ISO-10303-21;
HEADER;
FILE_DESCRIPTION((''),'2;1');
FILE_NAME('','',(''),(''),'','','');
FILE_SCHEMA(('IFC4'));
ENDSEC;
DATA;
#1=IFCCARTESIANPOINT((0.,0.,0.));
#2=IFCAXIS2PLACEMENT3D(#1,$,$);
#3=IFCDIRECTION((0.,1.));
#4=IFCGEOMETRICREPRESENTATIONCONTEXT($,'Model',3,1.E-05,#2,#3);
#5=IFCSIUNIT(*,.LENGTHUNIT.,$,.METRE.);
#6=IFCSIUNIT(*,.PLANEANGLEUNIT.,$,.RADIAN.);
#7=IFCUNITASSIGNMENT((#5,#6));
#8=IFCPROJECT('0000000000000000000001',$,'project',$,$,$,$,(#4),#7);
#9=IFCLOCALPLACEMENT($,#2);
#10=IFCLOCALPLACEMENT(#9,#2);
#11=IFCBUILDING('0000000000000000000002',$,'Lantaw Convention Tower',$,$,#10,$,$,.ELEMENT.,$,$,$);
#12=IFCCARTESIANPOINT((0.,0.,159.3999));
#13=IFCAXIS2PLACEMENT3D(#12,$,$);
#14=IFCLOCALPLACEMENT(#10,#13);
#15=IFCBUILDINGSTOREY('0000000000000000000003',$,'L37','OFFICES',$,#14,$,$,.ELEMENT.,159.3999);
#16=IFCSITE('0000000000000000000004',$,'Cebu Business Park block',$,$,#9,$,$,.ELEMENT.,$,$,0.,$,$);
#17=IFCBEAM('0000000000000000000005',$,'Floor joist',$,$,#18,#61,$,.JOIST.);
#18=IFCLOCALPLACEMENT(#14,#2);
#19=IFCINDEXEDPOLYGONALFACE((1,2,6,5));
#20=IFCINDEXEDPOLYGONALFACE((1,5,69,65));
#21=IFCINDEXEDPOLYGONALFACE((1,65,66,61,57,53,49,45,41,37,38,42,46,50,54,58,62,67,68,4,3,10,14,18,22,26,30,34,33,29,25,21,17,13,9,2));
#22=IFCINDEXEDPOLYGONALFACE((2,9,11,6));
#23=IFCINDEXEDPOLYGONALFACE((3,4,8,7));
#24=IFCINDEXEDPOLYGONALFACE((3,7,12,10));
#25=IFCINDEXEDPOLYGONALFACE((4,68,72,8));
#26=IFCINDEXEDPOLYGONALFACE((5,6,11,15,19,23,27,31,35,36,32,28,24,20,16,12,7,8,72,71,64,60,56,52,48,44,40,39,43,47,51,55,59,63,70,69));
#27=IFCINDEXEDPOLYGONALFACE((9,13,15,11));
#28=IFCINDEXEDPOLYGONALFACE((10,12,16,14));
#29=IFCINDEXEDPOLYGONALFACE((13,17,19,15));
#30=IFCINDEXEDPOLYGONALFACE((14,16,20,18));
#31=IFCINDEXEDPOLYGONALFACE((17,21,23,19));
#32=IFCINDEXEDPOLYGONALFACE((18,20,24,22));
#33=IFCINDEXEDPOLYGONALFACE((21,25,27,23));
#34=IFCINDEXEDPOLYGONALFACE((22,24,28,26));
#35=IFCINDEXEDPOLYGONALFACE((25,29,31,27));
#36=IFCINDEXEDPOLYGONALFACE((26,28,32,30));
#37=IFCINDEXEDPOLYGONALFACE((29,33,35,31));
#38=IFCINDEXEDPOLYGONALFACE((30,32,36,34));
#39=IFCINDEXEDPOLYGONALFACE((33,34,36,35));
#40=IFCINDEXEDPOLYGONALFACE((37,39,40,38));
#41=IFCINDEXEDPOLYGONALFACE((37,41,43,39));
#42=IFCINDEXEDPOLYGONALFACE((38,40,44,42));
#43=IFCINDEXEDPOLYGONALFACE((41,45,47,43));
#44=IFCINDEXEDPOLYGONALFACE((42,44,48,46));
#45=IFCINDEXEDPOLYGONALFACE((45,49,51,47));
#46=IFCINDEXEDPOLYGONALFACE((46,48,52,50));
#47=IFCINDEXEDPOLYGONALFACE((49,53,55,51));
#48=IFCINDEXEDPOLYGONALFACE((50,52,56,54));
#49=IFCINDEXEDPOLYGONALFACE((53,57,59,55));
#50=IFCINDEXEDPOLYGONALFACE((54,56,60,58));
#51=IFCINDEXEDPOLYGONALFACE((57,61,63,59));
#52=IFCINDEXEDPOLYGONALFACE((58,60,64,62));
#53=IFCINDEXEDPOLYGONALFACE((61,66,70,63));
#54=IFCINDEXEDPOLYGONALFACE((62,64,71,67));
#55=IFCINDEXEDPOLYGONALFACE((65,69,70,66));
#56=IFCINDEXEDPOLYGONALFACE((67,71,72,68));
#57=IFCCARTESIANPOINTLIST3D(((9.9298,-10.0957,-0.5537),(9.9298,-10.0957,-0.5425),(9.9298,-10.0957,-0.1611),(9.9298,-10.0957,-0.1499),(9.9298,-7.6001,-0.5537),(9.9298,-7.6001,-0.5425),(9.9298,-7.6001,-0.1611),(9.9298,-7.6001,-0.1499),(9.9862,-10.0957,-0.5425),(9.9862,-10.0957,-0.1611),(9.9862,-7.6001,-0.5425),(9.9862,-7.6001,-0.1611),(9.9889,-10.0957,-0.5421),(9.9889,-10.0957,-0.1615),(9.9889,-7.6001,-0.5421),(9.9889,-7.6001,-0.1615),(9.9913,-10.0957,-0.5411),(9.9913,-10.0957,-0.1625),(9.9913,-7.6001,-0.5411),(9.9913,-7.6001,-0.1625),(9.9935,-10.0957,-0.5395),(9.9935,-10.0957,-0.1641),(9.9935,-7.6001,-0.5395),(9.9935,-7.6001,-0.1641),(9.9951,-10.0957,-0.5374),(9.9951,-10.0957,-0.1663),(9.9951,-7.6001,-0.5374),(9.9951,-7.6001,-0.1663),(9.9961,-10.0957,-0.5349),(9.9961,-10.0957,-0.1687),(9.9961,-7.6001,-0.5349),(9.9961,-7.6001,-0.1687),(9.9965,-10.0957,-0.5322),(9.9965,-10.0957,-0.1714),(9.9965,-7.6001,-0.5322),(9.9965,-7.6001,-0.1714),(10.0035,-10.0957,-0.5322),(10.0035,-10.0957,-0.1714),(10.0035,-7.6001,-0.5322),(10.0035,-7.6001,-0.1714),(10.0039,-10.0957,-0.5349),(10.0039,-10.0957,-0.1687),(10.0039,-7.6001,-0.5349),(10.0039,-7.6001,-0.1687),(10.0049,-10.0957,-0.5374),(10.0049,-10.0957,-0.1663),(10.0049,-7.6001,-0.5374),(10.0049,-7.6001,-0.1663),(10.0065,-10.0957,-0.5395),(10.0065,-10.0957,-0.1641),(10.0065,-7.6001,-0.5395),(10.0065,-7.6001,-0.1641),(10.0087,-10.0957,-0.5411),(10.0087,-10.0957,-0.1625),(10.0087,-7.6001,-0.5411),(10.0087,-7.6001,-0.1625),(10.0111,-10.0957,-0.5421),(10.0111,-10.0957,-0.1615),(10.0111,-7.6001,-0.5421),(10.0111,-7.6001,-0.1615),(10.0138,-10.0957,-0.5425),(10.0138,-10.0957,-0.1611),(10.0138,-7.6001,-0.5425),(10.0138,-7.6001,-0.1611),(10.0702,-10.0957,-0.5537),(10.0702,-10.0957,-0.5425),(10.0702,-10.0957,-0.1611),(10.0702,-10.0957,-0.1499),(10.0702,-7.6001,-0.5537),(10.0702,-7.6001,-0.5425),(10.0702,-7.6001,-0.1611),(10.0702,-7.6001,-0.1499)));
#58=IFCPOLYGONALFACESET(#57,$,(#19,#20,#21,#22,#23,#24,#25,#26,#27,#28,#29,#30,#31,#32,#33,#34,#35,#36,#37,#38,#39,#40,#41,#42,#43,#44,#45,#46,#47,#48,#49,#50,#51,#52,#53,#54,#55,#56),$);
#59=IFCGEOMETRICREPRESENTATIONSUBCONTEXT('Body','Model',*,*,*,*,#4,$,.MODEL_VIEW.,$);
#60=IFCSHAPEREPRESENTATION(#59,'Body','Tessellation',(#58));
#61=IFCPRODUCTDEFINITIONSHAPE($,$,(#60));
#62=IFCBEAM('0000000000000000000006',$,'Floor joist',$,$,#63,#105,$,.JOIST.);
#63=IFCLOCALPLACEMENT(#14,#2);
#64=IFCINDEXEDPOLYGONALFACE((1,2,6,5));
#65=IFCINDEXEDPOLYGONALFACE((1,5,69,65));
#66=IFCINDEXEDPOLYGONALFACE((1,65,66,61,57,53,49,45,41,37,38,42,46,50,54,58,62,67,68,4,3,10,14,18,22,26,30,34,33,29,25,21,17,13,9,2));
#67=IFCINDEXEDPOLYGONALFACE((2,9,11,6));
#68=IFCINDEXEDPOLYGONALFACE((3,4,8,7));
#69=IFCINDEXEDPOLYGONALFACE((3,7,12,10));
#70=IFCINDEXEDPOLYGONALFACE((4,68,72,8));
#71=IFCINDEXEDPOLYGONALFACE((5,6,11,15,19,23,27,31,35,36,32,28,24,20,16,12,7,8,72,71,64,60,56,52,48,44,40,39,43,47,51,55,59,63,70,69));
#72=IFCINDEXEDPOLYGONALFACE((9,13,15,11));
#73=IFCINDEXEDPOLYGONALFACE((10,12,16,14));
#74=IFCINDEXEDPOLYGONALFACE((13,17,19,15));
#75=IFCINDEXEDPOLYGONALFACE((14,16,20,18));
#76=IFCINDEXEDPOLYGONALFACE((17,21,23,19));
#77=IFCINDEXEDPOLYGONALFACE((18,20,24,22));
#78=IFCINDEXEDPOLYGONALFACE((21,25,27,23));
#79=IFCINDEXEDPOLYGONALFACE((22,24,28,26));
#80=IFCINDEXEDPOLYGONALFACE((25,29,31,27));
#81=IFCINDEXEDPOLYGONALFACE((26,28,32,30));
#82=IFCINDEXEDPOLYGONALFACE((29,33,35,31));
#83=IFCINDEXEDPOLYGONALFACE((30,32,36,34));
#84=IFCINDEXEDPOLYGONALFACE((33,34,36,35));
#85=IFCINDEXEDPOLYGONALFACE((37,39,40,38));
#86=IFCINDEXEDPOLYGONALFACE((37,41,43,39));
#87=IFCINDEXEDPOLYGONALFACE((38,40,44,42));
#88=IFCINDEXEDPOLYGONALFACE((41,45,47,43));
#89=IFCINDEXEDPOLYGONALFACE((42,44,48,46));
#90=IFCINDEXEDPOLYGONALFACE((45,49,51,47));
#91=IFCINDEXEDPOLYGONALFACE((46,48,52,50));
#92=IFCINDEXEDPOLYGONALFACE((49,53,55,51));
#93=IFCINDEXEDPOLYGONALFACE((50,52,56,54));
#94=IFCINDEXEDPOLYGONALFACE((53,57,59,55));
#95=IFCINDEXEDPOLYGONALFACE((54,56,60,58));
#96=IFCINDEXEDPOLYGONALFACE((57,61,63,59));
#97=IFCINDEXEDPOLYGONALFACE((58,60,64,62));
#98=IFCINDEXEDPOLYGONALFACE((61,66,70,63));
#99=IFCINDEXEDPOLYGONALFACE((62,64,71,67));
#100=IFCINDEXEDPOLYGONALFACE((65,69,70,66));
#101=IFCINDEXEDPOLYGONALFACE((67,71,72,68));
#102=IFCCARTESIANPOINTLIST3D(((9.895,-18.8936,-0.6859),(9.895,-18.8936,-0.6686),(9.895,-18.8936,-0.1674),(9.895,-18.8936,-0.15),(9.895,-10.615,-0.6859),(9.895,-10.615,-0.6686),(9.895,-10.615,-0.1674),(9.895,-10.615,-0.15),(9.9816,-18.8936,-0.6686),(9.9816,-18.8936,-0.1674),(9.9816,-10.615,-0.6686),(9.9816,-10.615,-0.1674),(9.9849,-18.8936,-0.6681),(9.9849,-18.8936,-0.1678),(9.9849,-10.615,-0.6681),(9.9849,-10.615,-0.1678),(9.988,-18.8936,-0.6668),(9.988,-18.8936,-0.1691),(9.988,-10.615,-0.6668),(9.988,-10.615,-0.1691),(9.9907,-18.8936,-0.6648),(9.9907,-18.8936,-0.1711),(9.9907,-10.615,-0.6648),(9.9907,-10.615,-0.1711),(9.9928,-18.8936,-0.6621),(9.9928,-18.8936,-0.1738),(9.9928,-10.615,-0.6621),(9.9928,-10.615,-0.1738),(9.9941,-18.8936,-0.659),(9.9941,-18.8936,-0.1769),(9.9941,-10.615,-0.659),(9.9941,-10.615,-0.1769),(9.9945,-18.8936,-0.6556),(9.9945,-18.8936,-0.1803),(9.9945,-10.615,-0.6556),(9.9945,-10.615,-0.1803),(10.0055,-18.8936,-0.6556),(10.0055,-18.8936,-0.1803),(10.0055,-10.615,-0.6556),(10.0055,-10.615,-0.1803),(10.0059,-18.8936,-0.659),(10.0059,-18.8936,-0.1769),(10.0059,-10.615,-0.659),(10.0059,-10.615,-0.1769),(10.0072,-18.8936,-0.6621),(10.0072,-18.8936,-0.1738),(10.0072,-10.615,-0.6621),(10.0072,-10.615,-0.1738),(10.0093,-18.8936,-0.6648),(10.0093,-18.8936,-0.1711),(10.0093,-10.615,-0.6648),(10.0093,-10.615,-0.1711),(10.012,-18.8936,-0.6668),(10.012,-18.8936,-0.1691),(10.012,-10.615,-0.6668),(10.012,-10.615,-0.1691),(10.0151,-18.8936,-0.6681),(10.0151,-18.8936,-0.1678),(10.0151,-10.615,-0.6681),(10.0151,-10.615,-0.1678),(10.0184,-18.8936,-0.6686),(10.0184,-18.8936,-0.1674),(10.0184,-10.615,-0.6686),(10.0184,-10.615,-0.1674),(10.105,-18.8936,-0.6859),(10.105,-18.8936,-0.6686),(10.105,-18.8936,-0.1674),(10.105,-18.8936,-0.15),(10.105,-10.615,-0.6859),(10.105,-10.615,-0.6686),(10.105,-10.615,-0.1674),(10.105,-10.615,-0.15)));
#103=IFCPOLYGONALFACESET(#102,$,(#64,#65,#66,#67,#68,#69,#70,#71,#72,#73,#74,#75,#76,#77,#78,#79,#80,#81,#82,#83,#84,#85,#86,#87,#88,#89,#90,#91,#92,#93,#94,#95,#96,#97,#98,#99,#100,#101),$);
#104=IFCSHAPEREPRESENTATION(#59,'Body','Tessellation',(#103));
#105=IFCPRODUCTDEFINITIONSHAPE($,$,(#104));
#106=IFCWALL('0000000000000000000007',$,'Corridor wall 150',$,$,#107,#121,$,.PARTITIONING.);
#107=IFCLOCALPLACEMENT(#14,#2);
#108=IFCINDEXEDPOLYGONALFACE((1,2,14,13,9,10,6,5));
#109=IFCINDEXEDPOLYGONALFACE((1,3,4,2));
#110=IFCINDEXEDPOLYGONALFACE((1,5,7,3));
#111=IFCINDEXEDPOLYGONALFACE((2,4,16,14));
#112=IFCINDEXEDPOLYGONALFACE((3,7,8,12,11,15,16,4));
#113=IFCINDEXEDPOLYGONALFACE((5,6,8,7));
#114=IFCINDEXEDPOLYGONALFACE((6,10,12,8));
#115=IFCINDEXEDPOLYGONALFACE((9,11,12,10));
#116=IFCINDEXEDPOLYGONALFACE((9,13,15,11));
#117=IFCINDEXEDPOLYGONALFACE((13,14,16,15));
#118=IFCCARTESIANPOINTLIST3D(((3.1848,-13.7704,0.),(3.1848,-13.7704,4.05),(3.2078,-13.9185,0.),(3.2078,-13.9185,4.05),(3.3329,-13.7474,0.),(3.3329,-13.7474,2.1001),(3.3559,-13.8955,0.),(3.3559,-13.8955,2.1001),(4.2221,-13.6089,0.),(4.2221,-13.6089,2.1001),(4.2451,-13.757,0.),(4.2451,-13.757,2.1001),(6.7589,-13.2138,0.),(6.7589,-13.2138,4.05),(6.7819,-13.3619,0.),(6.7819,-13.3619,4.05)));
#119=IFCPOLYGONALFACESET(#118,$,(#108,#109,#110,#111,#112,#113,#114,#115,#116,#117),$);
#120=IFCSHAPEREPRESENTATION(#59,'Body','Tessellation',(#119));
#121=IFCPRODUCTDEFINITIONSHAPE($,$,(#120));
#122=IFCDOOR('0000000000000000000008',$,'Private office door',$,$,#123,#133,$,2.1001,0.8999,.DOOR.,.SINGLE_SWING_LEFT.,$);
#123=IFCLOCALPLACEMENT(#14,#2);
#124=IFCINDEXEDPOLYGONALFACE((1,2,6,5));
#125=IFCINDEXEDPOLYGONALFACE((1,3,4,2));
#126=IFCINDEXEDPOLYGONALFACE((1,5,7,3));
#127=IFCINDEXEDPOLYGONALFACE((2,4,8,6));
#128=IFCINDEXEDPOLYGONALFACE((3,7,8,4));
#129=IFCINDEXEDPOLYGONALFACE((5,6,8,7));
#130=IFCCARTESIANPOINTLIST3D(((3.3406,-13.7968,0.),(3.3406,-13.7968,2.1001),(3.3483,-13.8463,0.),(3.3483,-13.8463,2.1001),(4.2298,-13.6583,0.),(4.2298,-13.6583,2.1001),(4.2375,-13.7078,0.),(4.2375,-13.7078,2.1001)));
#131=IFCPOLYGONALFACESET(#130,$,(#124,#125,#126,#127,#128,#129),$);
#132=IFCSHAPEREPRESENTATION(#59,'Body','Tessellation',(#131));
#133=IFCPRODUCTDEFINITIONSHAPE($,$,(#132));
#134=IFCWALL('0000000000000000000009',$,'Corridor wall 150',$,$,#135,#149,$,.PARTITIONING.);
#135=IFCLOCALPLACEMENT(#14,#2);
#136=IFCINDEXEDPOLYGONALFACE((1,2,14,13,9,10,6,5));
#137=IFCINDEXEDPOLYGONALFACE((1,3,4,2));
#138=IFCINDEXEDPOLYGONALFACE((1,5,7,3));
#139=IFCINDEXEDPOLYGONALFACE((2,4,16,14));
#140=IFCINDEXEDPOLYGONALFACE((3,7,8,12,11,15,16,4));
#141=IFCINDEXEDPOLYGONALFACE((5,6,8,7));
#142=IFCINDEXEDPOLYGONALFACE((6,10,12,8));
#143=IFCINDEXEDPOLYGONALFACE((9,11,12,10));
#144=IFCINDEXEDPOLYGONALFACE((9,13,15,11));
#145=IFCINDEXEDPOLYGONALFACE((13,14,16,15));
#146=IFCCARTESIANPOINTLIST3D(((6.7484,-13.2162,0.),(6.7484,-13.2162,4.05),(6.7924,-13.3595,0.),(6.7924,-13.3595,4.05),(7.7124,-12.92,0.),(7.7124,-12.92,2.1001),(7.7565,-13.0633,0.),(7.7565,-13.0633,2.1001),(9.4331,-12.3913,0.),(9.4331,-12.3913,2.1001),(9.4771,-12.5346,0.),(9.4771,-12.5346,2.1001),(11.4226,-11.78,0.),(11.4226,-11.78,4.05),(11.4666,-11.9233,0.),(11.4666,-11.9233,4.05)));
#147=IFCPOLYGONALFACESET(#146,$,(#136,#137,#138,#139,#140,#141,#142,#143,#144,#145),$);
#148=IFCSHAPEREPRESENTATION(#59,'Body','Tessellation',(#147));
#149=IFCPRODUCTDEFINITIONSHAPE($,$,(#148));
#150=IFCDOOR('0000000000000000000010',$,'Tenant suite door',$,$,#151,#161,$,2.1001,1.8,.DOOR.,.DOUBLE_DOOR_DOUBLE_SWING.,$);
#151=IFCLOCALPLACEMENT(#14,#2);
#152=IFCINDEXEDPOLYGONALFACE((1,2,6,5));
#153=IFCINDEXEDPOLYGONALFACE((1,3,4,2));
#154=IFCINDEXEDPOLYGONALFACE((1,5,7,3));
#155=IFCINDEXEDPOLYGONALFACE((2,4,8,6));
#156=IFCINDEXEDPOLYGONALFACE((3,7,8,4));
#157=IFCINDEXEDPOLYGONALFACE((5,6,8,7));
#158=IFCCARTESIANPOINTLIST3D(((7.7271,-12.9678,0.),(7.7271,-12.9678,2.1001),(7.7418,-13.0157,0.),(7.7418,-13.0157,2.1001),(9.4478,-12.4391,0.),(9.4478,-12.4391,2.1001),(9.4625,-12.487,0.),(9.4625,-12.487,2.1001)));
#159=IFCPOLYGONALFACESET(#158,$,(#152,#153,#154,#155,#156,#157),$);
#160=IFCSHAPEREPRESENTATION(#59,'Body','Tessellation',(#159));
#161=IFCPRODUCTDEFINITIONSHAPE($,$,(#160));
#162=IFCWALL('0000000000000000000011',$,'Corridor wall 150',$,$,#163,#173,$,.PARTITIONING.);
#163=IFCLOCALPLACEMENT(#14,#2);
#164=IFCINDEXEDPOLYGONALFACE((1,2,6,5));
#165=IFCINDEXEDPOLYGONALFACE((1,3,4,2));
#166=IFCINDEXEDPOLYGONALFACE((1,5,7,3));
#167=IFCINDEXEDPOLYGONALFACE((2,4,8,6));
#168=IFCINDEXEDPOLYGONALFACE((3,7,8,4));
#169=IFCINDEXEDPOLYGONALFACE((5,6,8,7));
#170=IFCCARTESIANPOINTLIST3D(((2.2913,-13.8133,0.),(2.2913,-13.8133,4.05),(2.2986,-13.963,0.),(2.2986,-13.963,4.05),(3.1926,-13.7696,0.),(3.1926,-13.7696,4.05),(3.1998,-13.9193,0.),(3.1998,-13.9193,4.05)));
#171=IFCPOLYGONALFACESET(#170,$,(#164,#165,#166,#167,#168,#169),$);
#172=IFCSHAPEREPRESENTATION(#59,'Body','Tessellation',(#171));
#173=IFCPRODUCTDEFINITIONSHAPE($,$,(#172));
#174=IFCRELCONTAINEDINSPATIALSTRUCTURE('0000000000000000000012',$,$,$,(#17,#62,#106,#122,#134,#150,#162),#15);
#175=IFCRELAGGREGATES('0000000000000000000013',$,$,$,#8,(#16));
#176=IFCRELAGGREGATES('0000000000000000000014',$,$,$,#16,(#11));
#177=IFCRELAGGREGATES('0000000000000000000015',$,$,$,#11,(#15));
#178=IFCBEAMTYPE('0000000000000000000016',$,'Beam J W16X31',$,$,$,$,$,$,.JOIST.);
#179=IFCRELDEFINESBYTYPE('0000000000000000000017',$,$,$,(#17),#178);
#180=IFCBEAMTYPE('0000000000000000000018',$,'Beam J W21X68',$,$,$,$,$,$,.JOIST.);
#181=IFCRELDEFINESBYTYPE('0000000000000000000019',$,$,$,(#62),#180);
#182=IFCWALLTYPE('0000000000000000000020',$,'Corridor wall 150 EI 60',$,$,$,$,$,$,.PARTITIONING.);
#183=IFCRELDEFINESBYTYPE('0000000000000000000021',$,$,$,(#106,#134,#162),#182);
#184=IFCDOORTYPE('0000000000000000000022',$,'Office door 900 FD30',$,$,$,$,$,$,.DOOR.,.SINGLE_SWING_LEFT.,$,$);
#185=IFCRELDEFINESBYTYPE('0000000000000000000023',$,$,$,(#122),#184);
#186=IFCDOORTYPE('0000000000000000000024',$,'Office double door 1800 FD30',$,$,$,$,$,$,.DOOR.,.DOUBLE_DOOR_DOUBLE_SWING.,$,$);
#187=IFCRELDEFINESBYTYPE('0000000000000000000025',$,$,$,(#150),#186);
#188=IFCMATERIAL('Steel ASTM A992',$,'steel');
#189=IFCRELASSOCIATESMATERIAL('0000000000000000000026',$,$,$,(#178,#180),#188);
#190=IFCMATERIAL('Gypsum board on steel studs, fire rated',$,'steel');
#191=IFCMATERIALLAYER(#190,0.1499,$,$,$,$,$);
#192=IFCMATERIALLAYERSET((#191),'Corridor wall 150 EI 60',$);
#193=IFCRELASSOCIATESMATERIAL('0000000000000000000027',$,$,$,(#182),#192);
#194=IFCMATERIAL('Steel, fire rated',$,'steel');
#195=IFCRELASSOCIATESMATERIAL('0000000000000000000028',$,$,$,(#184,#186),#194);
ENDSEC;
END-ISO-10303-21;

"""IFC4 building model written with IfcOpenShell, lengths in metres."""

from ifc_helpers import new_model, si_unit, direction, frame, frame_2d, origin, origin_2d, place, context, subcontext, project, spatial, rectangle, i_section, extrude, material, layer, layer_set, material_profile, profile_set, type_object, element, fill, save


model = new_model("IFC4")

# Units and contexts
model_context = context("Model", 3, precision=1e-05, world=origin(), true_north=direction((0.0, 1.0)))
body_context = subcontext(model_context, "Body", "Model", "MODEL_VIEW")
ifc_project = project(units=[si_unit("LENGTHUNIT", "METRE"), si_unit("PLANEANGLEUNIT", "RADIAN")], contexts=[model_context])

# Site, building, storey
site_placement = place(None, origin())
site = spatial("IfcSite", under=ifc_project, at=site_placement, Name="Cebu Business Park block", CompositionType="ELEMENT", RefElevation=0.0)
building_placement = place(site_placement, origin())
building = spatial("IfcBuilding", under=site, at=building_placement, Name="Lantaw Convention Tower", CompositionType="ELEMENT")
storey_placement = place(building_placement, frame((0.0, 0.0, 159.3999)))
storey = spatial("IfcBuildingStorey", under=building, at=storey_placement, Name="L37", Description="OFFICES", CompositionType="ELEMENT", Elevation=159.3999)

# Beams
ifc_material_1 = material(Name="Steel ASTM A992", Category="steel")
ifc_material_profile_1 = material_profile(ifc_material_1, i_section(OverallWidth=0.1404, OverallDepth=0.4038, WebThickness=0.0071, FlangeThickness=0.0112, FilletRadius=0.0103, at=origin_2d()), Name="W16X31")
ifc_profile_set_1 = profile_set([ifc_material_profile_1], Name="Steel ASTM A992")
beam_type_1 = type_object("IfcBeamType", Name="Beam J W16X31", PredefinedType="JOIST", material=ifc_profile_set_1)
beam_1_placement = place(storey_placement, frame((10.0, -10.0957, -0.3518), z_axis=(0.0, 1.0, 0.0), x_axis=(-1.0, 0.0, 0.0)))
element("IfcBeam", 1, at=beam_1_placement, inside=storey, type_object=beam_type_1, Name="Floor joist", PredefinedType="JOIST", context=body_context, shape_type="SweptSolid", body=[
    extrude(i_section(OverallWidth=0.1404, OverallDepth=0.4038, WebThickness=0.0071, FlangeThickness=0.0112, FilletRadius=0.0103, at=origin_2d()), origin(), (0.0, 0.0, 1.0), 2.4956),
])
ifc_material_profile_2 = material_profile(ifc_material_1, i_section(OverallWidth=0.21, OverallDepth=0.5359, WebThickness=0.011, FlangeThickness=0.0173, FilletRadius=0.0129, at=origin_2d()), Name="W21X68")
ifc_profile_set_2 = profile_set([ifc_material_profile_2], Name="Steel ASTM A992")
beam_type_2 = type_object("IfcBeamType", Name="Beam J W21X68", PredefinedType="JOIST", material=ifc_profile_set_2)
beam_2_placement = place(storey_placement, frame((10.0, -18.8936, -0.418), z_axis=(0.0, 1.0, 0.0), x_axis=(-1.0, 0.0, 0.0)))
element("IfcBeam", 2, at=beam_2_placement, inside=storey, type_object=beam_type_2, Name="Floor joist", PredefinedType="JOIST", context=body_context, shape_type="SweptSolid", body=[
    extrude(i_section(OverallWidth=0.21, OverallDepth=0.5359, WebThickness=0.011, FlangeThickness=0.0173, FilletRadius=0.0129, at=origin_2d()), origin(), (0.0, 0.0, 1.0), 8.2786),
])

# Walls, openings, doors
ifc_material_2 = material(Name="Gypsum board on steel studs, fire rated", Category="steel")
ifc_layer_1 = layer(ifc_material_2, 0.1499)
ifc_layer_set_1 = layer_set([ifc_layer_1], Name="Corridor wall 150 EI 60")
wall_type_1 = type_object("IfcWallType", Name="Corridor wall 150 EI 60", PredefinedType="PARTITIONING", material=ifc_layer_set_1)
wall_1_placement = place(storey_placement, frame((3.1963, -13.8445, 0.0), z_axis=(0.0, 0.0, 1.0), x_axis=(0.988089, 0.153883, 0.0)))
wall_1 = element("IfcWall", 3, at=wall_1_placement, inside=storey, type_object=wall_type_1, Name="Corridor wall 150", PredefinedType="PARTITIONING", context=body_context, shape_type="SweptSolid", body=[
    extrude(rectangle(XDim=3.6172, YDim=0.1499, at=frame_2d((1.8086, 0.0))), origin(), (0.0, 0.0, 1.0), 4.05),
])
opening_1_placement = place(wall_1_placement, frame((0.1499, 0.0, 0.0)))
opening_1 = element("IfcOpeningElement", 4, at=opening_1_placement, cuts=wall_1, PredefinedType="OPENING", context=body_context, shape_type="SweptSolid", body=[
    extrude(rectangle(XDim=0.8999, YDim=2.1001, at=frame_2d((0.45, 1.05))), frame((0.0, 0.085, 0.0), z_axis=(0.0, -1.0, 0.0), x_axis=(1.0, 0.0, 0.0)), (0.0, 0.0, 1.0), 0.1699),
])
ifc_material_3 = material(Name="Steel, fire rated", Category="steel")
door_type_1 = type_object("IfcDoorType", Name="Office door 900 FD30", OperationType="SINGLE_SWING_LEFT", PredefinedType="DOOR", material=ifc_material_3)
door_1_placement = place(opening_1_placement, origin())
door_1 = element("IfcDoor", 5, at=door_1_placement, inside=storey, type_object=door_type_1, Name="Private office door", OperationType="SINGLE_SWING_LEFT", OverallHeight=2.1001, OverallWidth=0.8999, PredefinedType="DOOR", context=body_context, shape_type="SweptSolid", body=[
    extrude(rectangle(XDim=0.8999, YDim=2.1001, at=frame_2d((0.45, 1.05))), frame((0.0, 0.0249, 0.0), z_axis=(0.0, -1.0, 0.0), x_axis=(1.0, 0.0, 0.0)), (0.0, 0.0, 1.0), 0.05),
])
fill(opening_1, door_1)
wall_2_placement = place(storey_placement, frame((6.7705, -13.2878, 0.0), z_axis=(0.0, 0.0, 1.0), x_axis=(0.955892, 0.293717, 0.0)))
wall_2 = element("IfcWall", 6, at=wall_2_placement, inside=storey, type_object=wall_type_1, Name="Corridor wall 150", PredefinedType="PARTITIONING", context=body_context, shape_type="SweptSolid", body=[
    extrude(rectangle(XDim=4.8899, YDim=0.1499, at=frame_2d((2.4448, 0.0))), origin(), (0.0, 0.0, 1.0), 4.05),
])
opening_2_placement = place(wall_2_placement, frame((1.0085, 0.0, 0.0)))
opening_2 = element("IfcOpeningElement", 7, at=opening_2_placement, cuts=wall_2, PredefinedType="OPENING", context=body_context, shape_type="SweptSolid", body=[
    extrude(rectangle(XDim=1.8, YDim=2.1001, at=frame_2d((0.8999, 1.05))), frame((0.0, 0.085, 0.0), z_axis=(0.0, -1.0, 0.0), x_axis=(1.0, 0.0, 0.0)), (0.0, 0.0, 1.0), 0.1699),
])
door_type_2 = type_object("IfcDoorType", Name="Office double door 1800 FD30", OperationType="DOUBLE_DOOR_DOUBLE_SWING", PredefinedType="DOOR", material=ifc_material_3)
door_2_placement = place(opening_2_placement, origin())
door_2 = element("IfcDoor", 8, at=door_2_placement, inside=storey, type_object=door_type_2, Name="Tenant suite door", OperationType="DOUBLE_DOOR_DOUBLE_SWING", OverallHeight=2.1001, OverallWidth=1.8, PredefinedType="DOOR", context=body_context, shape_type="SweptSolid", body=[
    extrude(rectangle(XDim=1.8, YDim=2.1001, at=frame_2d((0.8999, 1.05))), frame((0.0, 0.0249, 0.0), z_axis=(0.0, -1.0, 0.0), x_axis=(1.0, 0.0, 0.0)), (0.0, 0.0, 1.0), 0.05),
])
fill(opening_2, door_2)

# Wall
wall_3_placement = place(storey_placement, frame((2.2949, -13.8882, 0.0), z_axis=(0.0, 0.0, 1.0), x_axis=(0.998827, 0.048426, 0.0)))
element("IfcWall", 9, at=wall_3_placement, inside=storey, type_object=wall_type_1, Name="Corridor wall 150", PredefinedType="PARTITIONING", context=body_context, shape_type="SweptSolid", body=[
    extrude(rectangle(XDim=0.9023, YDim=0.1499, at=frame_2d((0.4512, 0.0))), origin(), (0.0, 0.0, 1.0), 4.05),
])

save(model, "model.ifc")
